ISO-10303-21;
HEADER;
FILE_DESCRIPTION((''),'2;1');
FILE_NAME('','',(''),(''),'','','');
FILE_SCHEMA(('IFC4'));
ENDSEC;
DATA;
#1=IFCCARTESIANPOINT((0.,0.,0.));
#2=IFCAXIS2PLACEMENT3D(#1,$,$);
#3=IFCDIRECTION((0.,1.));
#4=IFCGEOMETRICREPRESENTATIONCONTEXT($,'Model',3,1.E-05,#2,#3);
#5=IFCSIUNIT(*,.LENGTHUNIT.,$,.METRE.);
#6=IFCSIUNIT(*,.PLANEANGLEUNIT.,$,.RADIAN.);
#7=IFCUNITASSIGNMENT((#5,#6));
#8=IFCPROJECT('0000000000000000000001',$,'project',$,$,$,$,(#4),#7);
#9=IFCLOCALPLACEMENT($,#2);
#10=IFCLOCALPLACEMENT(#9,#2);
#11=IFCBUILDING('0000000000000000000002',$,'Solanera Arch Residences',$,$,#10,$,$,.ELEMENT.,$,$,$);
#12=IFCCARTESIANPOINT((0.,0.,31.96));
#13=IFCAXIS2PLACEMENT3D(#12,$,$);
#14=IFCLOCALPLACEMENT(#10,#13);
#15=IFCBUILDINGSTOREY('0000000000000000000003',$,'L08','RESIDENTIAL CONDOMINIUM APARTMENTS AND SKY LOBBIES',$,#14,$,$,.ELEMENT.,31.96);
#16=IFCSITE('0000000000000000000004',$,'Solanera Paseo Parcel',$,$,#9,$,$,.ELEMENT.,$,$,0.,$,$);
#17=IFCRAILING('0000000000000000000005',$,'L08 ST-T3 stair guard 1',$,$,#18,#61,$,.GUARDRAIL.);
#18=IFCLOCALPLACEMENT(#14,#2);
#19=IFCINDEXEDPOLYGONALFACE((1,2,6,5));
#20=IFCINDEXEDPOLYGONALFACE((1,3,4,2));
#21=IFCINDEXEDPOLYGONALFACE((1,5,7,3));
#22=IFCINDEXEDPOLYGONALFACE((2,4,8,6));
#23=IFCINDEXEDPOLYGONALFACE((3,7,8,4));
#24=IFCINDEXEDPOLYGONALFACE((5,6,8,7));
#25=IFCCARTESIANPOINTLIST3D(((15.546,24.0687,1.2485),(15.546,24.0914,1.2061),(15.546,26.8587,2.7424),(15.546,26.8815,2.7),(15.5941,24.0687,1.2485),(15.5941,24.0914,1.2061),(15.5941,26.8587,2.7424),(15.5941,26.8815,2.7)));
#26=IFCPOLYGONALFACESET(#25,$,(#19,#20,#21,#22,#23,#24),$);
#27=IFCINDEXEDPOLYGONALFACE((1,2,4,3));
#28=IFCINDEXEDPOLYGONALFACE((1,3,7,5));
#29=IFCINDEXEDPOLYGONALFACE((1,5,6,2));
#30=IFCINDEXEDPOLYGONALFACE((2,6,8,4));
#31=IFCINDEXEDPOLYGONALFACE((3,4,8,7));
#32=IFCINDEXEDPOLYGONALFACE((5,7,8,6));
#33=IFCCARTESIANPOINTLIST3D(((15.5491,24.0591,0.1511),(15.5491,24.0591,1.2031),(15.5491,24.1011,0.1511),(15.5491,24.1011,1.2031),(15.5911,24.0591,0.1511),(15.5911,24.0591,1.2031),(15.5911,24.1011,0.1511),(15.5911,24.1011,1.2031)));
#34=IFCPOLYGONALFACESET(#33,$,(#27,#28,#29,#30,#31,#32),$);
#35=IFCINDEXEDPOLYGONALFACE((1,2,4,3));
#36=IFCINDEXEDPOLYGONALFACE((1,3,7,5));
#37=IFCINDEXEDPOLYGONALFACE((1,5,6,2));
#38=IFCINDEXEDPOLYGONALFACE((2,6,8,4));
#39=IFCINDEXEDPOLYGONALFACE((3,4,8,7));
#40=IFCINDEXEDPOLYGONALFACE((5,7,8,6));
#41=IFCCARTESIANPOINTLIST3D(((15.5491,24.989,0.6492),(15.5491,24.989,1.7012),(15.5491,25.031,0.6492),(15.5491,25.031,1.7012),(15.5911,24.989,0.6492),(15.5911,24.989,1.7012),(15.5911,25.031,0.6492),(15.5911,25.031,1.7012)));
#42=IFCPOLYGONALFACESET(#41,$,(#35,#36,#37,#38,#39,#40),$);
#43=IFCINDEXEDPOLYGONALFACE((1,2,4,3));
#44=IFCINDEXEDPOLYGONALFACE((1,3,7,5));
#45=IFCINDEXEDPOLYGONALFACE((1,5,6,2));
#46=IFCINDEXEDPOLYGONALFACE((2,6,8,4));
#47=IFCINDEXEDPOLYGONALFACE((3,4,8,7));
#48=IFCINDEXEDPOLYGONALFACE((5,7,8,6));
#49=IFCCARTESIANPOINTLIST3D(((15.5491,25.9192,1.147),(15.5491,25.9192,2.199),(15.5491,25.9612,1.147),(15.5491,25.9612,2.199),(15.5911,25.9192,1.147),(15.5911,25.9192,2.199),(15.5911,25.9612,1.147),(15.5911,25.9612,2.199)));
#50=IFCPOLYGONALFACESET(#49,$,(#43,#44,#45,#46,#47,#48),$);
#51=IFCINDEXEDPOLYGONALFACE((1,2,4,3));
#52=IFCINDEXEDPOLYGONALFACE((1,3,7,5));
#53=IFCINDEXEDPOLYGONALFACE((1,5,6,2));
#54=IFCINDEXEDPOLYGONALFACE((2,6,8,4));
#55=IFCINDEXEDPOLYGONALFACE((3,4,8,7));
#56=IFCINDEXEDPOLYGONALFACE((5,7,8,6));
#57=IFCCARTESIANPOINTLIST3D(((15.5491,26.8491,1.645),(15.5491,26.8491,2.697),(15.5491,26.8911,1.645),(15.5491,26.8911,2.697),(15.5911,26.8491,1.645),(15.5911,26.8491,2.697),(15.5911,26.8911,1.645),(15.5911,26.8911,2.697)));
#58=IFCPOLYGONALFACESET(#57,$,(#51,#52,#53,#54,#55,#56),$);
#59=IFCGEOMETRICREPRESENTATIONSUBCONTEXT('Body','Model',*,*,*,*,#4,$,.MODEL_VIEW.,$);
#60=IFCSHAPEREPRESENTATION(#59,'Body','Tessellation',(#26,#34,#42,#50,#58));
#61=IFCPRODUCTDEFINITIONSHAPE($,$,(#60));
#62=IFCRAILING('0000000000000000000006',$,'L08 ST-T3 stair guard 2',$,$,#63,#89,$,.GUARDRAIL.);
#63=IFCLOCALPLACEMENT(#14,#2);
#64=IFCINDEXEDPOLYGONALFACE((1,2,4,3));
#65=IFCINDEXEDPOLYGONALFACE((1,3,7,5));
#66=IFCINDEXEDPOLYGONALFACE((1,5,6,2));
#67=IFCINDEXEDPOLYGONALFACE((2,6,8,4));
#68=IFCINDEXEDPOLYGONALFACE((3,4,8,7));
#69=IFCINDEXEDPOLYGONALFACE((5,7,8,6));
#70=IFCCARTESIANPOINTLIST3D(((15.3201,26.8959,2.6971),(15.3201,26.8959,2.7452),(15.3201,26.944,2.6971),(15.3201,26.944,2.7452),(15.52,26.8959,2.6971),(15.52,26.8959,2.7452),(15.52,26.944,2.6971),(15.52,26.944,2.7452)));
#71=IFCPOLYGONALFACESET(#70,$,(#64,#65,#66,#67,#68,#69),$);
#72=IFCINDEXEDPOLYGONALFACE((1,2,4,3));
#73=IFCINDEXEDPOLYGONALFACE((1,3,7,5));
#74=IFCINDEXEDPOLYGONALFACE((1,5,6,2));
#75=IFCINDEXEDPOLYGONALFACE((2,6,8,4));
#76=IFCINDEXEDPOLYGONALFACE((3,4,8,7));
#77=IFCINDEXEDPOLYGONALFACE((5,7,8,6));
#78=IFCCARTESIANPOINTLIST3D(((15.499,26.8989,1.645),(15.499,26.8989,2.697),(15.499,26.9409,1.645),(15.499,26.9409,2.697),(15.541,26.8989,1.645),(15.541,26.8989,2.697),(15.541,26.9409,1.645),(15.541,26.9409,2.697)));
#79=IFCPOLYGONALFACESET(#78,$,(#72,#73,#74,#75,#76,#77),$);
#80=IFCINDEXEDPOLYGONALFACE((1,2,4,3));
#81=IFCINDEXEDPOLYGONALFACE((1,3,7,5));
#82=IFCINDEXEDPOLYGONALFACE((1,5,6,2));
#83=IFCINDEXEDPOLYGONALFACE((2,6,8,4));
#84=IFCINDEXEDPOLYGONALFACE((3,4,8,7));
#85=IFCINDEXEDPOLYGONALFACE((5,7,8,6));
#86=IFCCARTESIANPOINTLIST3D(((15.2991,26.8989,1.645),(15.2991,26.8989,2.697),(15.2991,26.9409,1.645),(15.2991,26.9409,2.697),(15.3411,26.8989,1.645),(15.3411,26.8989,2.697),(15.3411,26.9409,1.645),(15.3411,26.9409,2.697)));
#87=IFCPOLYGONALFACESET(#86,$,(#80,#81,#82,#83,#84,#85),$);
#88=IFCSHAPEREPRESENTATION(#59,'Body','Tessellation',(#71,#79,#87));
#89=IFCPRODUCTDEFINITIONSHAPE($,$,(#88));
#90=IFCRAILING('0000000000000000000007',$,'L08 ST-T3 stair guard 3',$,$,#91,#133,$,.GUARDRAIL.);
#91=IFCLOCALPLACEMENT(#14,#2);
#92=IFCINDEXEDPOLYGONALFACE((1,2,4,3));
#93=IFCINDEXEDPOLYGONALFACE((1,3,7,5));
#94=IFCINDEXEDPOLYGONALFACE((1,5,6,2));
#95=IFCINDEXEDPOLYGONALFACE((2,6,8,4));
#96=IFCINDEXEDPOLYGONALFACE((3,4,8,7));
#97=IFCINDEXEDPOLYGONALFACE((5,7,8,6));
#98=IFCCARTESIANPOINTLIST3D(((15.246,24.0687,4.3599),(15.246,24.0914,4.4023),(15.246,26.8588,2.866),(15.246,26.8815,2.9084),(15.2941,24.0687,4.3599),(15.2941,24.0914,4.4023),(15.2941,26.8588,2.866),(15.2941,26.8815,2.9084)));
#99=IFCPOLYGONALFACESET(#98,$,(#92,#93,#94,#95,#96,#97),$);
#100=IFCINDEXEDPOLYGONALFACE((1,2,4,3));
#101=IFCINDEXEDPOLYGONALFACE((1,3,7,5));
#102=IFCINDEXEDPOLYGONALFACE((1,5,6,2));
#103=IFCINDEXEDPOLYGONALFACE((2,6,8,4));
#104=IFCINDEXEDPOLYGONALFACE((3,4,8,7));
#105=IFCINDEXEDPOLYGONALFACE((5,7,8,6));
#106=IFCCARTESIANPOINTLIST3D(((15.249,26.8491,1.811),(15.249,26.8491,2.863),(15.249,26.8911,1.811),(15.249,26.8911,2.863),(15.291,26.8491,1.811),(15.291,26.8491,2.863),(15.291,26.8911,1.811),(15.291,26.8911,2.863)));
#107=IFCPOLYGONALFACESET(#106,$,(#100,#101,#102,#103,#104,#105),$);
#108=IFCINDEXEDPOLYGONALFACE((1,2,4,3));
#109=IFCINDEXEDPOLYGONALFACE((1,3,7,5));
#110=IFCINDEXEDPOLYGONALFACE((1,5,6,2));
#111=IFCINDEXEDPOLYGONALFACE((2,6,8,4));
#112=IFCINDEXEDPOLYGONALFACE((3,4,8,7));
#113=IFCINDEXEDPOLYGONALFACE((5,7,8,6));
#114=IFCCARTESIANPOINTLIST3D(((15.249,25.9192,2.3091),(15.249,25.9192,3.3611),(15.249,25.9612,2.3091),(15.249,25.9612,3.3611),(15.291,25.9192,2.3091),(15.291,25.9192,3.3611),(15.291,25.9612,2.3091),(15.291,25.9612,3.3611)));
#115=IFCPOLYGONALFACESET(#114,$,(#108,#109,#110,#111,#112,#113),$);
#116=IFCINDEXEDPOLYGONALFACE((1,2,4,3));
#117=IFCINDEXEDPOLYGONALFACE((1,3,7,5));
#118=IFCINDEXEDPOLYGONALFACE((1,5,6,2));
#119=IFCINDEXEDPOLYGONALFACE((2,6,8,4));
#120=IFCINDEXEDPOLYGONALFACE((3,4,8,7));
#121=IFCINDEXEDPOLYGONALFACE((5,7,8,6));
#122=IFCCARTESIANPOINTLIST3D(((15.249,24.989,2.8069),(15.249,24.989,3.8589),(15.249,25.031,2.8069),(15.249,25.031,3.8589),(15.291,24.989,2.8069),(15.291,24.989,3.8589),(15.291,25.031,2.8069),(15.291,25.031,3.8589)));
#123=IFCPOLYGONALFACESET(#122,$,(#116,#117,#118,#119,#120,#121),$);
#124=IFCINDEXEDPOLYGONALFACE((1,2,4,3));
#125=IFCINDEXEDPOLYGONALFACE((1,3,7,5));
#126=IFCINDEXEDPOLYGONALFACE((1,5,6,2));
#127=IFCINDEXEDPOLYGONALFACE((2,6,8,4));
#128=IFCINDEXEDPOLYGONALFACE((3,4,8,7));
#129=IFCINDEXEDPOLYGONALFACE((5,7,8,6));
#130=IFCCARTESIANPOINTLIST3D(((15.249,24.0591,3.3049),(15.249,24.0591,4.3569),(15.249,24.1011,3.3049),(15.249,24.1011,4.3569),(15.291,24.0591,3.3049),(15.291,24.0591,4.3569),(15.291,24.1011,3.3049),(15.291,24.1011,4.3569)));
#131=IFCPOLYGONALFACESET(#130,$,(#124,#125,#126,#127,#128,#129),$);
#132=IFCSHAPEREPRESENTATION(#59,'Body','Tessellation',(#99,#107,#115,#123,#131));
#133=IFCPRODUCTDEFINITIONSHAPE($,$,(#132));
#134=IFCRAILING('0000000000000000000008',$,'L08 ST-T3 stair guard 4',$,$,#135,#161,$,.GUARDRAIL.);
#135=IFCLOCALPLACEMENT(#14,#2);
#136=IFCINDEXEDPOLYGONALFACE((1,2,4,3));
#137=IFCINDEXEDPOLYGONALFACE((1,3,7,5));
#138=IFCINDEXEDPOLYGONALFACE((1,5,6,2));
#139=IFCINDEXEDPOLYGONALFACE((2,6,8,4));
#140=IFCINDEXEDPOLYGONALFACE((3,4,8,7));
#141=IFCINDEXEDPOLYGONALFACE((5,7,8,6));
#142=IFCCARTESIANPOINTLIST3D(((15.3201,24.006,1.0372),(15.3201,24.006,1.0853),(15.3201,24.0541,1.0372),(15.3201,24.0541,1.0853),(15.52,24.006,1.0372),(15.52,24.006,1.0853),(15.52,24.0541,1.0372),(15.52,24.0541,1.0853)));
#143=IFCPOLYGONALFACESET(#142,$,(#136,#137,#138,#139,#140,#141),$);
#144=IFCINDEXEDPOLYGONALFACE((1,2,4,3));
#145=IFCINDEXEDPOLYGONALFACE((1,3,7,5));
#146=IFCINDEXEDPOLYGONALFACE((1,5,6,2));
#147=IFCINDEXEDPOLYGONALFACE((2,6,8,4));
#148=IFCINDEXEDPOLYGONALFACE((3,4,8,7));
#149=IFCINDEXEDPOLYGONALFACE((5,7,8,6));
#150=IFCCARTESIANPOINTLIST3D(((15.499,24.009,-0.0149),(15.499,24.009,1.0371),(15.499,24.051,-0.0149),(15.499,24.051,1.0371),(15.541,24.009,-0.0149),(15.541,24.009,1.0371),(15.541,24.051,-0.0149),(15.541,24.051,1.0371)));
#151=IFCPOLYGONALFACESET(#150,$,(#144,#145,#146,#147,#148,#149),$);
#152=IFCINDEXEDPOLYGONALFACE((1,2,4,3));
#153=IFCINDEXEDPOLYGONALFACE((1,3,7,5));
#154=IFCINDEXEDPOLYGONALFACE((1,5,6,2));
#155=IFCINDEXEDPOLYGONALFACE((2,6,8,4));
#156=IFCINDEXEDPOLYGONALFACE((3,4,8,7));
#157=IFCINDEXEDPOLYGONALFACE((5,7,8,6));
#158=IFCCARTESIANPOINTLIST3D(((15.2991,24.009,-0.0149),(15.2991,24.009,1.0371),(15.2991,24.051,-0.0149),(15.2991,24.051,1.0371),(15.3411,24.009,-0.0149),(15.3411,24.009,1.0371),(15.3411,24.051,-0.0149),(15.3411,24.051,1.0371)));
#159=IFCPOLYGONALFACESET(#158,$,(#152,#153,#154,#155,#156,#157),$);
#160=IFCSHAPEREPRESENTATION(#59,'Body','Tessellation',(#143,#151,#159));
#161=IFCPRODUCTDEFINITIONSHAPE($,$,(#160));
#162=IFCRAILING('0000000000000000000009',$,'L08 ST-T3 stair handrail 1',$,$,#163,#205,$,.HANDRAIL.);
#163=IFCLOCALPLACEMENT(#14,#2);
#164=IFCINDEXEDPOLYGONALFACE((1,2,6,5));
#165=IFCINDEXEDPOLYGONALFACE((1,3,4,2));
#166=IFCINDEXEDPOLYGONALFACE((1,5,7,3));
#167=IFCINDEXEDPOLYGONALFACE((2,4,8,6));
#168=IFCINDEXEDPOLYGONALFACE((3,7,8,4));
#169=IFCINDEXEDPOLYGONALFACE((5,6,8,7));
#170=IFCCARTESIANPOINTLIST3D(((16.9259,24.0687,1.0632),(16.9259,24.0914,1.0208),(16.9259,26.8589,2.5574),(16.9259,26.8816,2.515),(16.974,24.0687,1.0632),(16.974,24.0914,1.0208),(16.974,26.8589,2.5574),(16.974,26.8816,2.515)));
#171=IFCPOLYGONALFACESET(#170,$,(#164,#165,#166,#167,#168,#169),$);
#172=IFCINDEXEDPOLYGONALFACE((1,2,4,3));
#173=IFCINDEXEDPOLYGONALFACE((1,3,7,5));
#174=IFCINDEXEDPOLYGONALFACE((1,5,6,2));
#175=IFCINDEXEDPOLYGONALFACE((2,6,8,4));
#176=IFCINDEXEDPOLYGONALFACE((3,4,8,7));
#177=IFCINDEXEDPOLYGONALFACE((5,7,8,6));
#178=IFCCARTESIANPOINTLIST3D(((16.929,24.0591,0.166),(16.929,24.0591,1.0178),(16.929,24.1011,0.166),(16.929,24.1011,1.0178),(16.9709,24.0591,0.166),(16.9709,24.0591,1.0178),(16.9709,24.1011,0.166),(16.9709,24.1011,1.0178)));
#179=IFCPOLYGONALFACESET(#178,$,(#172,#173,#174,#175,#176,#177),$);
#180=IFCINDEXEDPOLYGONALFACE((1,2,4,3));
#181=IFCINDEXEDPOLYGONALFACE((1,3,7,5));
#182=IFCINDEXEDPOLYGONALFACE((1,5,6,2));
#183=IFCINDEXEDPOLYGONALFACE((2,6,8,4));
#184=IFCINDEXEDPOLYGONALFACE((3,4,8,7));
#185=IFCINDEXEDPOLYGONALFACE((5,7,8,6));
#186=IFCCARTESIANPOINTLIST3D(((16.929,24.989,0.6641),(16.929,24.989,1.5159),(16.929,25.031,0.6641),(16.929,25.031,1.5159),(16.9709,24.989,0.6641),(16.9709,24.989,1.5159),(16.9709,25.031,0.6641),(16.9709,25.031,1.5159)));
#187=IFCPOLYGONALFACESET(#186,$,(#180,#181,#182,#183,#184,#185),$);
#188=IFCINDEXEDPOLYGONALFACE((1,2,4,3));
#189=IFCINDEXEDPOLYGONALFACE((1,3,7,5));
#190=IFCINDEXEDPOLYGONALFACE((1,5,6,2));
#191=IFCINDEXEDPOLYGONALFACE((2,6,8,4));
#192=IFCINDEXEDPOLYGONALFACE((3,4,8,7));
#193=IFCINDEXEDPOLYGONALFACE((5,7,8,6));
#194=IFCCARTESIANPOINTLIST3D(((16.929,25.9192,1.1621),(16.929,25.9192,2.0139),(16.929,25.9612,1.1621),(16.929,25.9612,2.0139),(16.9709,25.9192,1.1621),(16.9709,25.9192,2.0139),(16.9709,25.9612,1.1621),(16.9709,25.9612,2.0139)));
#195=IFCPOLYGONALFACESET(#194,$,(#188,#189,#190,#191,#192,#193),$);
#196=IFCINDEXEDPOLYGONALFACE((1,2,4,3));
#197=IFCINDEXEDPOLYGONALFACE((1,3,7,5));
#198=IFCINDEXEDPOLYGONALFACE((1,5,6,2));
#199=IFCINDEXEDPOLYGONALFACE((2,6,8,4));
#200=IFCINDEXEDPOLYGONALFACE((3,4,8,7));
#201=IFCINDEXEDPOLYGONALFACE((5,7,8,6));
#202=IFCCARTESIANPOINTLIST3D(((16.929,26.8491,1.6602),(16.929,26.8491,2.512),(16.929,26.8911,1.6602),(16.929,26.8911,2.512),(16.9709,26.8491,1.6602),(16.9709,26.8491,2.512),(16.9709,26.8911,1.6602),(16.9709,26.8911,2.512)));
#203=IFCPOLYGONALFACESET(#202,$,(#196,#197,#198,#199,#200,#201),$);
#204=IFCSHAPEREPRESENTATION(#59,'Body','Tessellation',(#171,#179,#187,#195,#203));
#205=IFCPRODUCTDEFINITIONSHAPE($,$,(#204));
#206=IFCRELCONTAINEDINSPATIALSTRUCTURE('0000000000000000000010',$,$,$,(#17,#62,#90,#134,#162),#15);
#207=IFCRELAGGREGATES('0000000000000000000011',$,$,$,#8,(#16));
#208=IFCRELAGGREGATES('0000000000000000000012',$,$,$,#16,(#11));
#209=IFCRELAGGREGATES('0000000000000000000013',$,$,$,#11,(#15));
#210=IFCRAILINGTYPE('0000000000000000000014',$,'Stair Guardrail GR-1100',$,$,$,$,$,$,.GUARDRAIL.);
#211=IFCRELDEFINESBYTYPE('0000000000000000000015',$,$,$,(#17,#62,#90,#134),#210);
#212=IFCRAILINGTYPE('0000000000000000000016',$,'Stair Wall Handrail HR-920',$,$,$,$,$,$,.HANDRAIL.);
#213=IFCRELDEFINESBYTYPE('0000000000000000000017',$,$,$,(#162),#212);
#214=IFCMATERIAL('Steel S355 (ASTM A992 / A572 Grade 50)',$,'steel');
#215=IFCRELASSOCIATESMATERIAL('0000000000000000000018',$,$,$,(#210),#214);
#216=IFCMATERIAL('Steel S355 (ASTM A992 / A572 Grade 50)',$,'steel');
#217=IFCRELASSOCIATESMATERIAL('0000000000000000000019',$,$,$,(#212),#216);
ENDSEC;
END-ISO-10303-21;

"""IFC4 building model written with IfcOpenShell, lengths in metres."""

from ifc_helpers import new_model, si_unit, direction, frame, origin, origin_2d, place, context, subcontext, project, spatial, rectangle, extrude, material, type_object, element, save


model = new_model("IFC4")

# Units and contexts
model_context = context("Model", 3, precision=1e-05, world=origin(), true_north=direction((0.0, 1.0)))
body_context = subcontext(model_context, "Body", "Model", "MODEL_VIEW")
ifc_project = project(units=[si_unit("LENGTHUNIT", "METRE"), si_unit("PLANEANGLEUNIT", "RADIAN")], contexts=[model_context])

# Site, building, storey
site_placement = place(None, origin())
site = spatial("IfcSite", under=ifc_project, at=site_placement, Name="Solanera Paseo Parcel", CompositionType="ELEMENT", RefElevation=0.0)
building_placement = place(site_placement, origin())
building = spatial("IfcBuilding", under=site, at=building_placement, Name="Solanera Arch Residences", CompositionType="ELEMENT")
storey_placement = place(building_placement, frame((0.0, 0.0, 31.96)))
storey = spatial("IfcBuildingStorey", under=building, at=storey_placement, Name="L08", Description="RESIDENTIAL CONDOMINIUM APARTMENTS AND SKY LOBBIES", CompositionType="ELEMENT", Elevation=31.96)

# Railings
ifc_material_1 = material(Name="Steel S355 (ASTM A992 / A572 Grade 50)", Category="steel")
railing_type_1 = type_object("IfcRailingType", Name="Stair Guardrail GR-1100", PredefinedType="GUARDRAIL", material=ifc_material_1)
railing_1_placement = place(storey_placement, frame((15.5701, 24.0801, 0.1511)))
element("IfcRailing", 1, at=railing_1_placement, inside=storey, type_object=railing_type_1, Name="L08 ST-T3 stair guard 1", PredefinedType="GUARDRAIL", context=body_context, shape_type="SweptSolid", body=[
    extrude(rectangle(XDim=0.0481, YDim=0.0481, at=origin_2d()), frame((0.0, 0.0, 1.0762), z_axis=(0.0, 0.881581, 0.472033), x_axis=(-1.0, 0.0, 0.0)), (0.0, 0.0, 1.0), 3.1648),
    extrude(rectangle(XDim=0.042, YDim=0.042, at=origin_2d()), origin(), (0.0, 0.0, 1.0), 1.052),
    extrude(rectangle(XDim=0.042, YDim=0.042, at=origin_2d()), frame((0.0, 0.9299, 0.498)), (0.0, 0.0, 1.0), 1.052),
    extrude(rectangle(XDim=0.042, YDim=0.042, at=origin_2d()), frame((0.0, 1.8601, 0.9958)), (0.0, 0.0, 1.0), 1.052),
    extrude(rectangle(XDim=0.042, YDim=0.042, at=origin_2d()), frame((0.0, 2.79, 1.4939)), (0.0, 0.0, 1.0), 1.052),
])
railing_2_placement = place(storey_placement, frame((15.52, 26.9199, 1.645)))
element("IfcRailing", 2, at=railing_2_placement, inside=storey, type_object=railing_type_1, Name="L08 ST-T3 stair guard 2", PredefinedType="GUARDRAIL", context=body_context, shape_type="SweptSolid", body=[
    extrude(rectangle(XDim=0.0481, YDim=0.0481, at=origin_2d()), frame((0.0, 0.0, 1.0762), z_axis=(-1.0, 0.0, 0.0), x_axis=(0.0, -1.0, 0.0)), (0.0, 0.0, 1.0), 0.2),
    extrude(rectangle(XDim=0.042, YDim=0.042, at=origin_2d()), origin(), (0.0, 0.0, 1.0), 1.052),
    extrude(rectangle(XDim=0.042, YDim=0.042, at=origin_2d()), frame((-0.2, 0.0, 0.0)), (0.0, 0.0, 1.0), 1.052),
])
railing_3_placement = place(storey_placement, frame((15.27, 26.8701, 1.811)))
element("IfcRailing", 3, at=railing_3_placement, inside=storey, type_object=railing_type_1, Name="L08 ST-T3 stair guard 3", PredefinedType="GUARDRAIL", context=body_context, shape_type="SweptSolid", body=[
    extrude(rectangle(XDim=0.0481, YDim=0.0481, at=origin_2d()), frame((0.0, 0.0, 1.0762), z_axis=(0.0, -0.881581, 0.472033), x_axis=(1.0, 0.0, 0.0)), (0.0, 0.0, 1.0), 3.1648),
    extrude(rectangle(XDim=0.042, YDim=0.042, at=origin_2d()), origin(), (0.0, 0.0, 1.0), 1.052),
    extrude(rectangle(XDim=0.042, YDim=0.042, at=origin_2d()), frame((0.0, -0.9299, 0.498)), (0.0, 0.0, 1.0), 1.052),
    extrude(rectangle(XDim=0.042, YDim=0.042, at=origin_2d()), frame((0.0, -1.8601, 0.9958)), (0.0, 0.0, 1.0), 1.052),
    extrude(rectangle(XDim=0.042, YDim=0.042, at=origin_2d()), frame((0.0, -2.79, 1.4939)), (0.0, 0.0, 1.0), 1.052),
])
railing_4_placement = place(storey_placement, frame((15.52, 24.03, -0.0149)))
element("IfcRailing", 4, at=railing_4_placement, inside=storey, type_object=railing_type_1, Name="L08 ST-T3 stair guard 4", PredefinedType="GUARDRAIL", context=body_context, shape_type="SweptSolid", body=[
    extrude(rectangle(XDim=0.0481, YDim=0.0481, at=origin_2d()), frame((0.0, 0.0, 1.0762), z_axis=(-1.0, 0.0, 0.0), x_axis=(0.0, -1.0, 0.0)), (0.0, 0.0, 1.0), 0.2),
    extrude(rectangle(XDim=0.042, YDim=0.042, at=origin_2d()), origin(), (0.0, 0.0, 1.0), 1.052),
    extrude(rectangle(XDim=0.042, YDim=0.042, at=origin_2d()), frame((-0.2, 0.0, 0.0)), (0.0, 0.0, 1.0), 1.052),
])
ifc_material_2 = material(Name="Steel S355 (ASTM A992 / A572 Grade 50)", Category="steel")
railing_type_2 = type_object("IfcRailingType", Name="Stair Wall Handrail HR-920", PredefinedType="HANDRAIL", material=ifc_material_2)
railing_5_placement = place(storey_placement, frame((16.95, 24.0801, 0.166)))
element("IfcRailing", 5, at=railing_5_placement, inside=storey, type_object=railing_type_2, Name="L08 ST-T3 stair handrail 1", PredefinedType="HANDRAIL", context=body_context, shape_type="SweptSolid", body=[
    extrude(rectangle(XDim=0.0481, YDim=0.0481, at=origin_2d()), frame((0.0, 0.0, 0.876), z_axis=(0.0, 0.881549, 0.472093), x_axis=(-1.0, 0.0, 0.0)), (0.0, 0.0, 1.0), 3.165),
    extrude(rectangle(XDim=0.042, YDim=0.042, at=origin_2d()), origin(), (0.0, 0.0, 1.0), 0.8518),
    extrude(rectangle(XDim=0.042, YDim=0.042, at=origin_2d()), frame((0.0, 0.9299, 0.498)), (0.0, 0.0, 1.0), 0.8518),
    extrude(rectangle(XDim=0.042, YDim=0.042, at=origin_2d()), frame((0.0, 1.8601, 0.9961)), (0.0, 0.0, 1.0), 0.8518),
    extrude(rectangle(XDim=0.042, YDim=0.042, at=origin_2d()), frame((0.0, 2.79, 1.4941)), (0.0, 0.0, 1.0), 0.8518),
])

save(model, "model.ifc")
